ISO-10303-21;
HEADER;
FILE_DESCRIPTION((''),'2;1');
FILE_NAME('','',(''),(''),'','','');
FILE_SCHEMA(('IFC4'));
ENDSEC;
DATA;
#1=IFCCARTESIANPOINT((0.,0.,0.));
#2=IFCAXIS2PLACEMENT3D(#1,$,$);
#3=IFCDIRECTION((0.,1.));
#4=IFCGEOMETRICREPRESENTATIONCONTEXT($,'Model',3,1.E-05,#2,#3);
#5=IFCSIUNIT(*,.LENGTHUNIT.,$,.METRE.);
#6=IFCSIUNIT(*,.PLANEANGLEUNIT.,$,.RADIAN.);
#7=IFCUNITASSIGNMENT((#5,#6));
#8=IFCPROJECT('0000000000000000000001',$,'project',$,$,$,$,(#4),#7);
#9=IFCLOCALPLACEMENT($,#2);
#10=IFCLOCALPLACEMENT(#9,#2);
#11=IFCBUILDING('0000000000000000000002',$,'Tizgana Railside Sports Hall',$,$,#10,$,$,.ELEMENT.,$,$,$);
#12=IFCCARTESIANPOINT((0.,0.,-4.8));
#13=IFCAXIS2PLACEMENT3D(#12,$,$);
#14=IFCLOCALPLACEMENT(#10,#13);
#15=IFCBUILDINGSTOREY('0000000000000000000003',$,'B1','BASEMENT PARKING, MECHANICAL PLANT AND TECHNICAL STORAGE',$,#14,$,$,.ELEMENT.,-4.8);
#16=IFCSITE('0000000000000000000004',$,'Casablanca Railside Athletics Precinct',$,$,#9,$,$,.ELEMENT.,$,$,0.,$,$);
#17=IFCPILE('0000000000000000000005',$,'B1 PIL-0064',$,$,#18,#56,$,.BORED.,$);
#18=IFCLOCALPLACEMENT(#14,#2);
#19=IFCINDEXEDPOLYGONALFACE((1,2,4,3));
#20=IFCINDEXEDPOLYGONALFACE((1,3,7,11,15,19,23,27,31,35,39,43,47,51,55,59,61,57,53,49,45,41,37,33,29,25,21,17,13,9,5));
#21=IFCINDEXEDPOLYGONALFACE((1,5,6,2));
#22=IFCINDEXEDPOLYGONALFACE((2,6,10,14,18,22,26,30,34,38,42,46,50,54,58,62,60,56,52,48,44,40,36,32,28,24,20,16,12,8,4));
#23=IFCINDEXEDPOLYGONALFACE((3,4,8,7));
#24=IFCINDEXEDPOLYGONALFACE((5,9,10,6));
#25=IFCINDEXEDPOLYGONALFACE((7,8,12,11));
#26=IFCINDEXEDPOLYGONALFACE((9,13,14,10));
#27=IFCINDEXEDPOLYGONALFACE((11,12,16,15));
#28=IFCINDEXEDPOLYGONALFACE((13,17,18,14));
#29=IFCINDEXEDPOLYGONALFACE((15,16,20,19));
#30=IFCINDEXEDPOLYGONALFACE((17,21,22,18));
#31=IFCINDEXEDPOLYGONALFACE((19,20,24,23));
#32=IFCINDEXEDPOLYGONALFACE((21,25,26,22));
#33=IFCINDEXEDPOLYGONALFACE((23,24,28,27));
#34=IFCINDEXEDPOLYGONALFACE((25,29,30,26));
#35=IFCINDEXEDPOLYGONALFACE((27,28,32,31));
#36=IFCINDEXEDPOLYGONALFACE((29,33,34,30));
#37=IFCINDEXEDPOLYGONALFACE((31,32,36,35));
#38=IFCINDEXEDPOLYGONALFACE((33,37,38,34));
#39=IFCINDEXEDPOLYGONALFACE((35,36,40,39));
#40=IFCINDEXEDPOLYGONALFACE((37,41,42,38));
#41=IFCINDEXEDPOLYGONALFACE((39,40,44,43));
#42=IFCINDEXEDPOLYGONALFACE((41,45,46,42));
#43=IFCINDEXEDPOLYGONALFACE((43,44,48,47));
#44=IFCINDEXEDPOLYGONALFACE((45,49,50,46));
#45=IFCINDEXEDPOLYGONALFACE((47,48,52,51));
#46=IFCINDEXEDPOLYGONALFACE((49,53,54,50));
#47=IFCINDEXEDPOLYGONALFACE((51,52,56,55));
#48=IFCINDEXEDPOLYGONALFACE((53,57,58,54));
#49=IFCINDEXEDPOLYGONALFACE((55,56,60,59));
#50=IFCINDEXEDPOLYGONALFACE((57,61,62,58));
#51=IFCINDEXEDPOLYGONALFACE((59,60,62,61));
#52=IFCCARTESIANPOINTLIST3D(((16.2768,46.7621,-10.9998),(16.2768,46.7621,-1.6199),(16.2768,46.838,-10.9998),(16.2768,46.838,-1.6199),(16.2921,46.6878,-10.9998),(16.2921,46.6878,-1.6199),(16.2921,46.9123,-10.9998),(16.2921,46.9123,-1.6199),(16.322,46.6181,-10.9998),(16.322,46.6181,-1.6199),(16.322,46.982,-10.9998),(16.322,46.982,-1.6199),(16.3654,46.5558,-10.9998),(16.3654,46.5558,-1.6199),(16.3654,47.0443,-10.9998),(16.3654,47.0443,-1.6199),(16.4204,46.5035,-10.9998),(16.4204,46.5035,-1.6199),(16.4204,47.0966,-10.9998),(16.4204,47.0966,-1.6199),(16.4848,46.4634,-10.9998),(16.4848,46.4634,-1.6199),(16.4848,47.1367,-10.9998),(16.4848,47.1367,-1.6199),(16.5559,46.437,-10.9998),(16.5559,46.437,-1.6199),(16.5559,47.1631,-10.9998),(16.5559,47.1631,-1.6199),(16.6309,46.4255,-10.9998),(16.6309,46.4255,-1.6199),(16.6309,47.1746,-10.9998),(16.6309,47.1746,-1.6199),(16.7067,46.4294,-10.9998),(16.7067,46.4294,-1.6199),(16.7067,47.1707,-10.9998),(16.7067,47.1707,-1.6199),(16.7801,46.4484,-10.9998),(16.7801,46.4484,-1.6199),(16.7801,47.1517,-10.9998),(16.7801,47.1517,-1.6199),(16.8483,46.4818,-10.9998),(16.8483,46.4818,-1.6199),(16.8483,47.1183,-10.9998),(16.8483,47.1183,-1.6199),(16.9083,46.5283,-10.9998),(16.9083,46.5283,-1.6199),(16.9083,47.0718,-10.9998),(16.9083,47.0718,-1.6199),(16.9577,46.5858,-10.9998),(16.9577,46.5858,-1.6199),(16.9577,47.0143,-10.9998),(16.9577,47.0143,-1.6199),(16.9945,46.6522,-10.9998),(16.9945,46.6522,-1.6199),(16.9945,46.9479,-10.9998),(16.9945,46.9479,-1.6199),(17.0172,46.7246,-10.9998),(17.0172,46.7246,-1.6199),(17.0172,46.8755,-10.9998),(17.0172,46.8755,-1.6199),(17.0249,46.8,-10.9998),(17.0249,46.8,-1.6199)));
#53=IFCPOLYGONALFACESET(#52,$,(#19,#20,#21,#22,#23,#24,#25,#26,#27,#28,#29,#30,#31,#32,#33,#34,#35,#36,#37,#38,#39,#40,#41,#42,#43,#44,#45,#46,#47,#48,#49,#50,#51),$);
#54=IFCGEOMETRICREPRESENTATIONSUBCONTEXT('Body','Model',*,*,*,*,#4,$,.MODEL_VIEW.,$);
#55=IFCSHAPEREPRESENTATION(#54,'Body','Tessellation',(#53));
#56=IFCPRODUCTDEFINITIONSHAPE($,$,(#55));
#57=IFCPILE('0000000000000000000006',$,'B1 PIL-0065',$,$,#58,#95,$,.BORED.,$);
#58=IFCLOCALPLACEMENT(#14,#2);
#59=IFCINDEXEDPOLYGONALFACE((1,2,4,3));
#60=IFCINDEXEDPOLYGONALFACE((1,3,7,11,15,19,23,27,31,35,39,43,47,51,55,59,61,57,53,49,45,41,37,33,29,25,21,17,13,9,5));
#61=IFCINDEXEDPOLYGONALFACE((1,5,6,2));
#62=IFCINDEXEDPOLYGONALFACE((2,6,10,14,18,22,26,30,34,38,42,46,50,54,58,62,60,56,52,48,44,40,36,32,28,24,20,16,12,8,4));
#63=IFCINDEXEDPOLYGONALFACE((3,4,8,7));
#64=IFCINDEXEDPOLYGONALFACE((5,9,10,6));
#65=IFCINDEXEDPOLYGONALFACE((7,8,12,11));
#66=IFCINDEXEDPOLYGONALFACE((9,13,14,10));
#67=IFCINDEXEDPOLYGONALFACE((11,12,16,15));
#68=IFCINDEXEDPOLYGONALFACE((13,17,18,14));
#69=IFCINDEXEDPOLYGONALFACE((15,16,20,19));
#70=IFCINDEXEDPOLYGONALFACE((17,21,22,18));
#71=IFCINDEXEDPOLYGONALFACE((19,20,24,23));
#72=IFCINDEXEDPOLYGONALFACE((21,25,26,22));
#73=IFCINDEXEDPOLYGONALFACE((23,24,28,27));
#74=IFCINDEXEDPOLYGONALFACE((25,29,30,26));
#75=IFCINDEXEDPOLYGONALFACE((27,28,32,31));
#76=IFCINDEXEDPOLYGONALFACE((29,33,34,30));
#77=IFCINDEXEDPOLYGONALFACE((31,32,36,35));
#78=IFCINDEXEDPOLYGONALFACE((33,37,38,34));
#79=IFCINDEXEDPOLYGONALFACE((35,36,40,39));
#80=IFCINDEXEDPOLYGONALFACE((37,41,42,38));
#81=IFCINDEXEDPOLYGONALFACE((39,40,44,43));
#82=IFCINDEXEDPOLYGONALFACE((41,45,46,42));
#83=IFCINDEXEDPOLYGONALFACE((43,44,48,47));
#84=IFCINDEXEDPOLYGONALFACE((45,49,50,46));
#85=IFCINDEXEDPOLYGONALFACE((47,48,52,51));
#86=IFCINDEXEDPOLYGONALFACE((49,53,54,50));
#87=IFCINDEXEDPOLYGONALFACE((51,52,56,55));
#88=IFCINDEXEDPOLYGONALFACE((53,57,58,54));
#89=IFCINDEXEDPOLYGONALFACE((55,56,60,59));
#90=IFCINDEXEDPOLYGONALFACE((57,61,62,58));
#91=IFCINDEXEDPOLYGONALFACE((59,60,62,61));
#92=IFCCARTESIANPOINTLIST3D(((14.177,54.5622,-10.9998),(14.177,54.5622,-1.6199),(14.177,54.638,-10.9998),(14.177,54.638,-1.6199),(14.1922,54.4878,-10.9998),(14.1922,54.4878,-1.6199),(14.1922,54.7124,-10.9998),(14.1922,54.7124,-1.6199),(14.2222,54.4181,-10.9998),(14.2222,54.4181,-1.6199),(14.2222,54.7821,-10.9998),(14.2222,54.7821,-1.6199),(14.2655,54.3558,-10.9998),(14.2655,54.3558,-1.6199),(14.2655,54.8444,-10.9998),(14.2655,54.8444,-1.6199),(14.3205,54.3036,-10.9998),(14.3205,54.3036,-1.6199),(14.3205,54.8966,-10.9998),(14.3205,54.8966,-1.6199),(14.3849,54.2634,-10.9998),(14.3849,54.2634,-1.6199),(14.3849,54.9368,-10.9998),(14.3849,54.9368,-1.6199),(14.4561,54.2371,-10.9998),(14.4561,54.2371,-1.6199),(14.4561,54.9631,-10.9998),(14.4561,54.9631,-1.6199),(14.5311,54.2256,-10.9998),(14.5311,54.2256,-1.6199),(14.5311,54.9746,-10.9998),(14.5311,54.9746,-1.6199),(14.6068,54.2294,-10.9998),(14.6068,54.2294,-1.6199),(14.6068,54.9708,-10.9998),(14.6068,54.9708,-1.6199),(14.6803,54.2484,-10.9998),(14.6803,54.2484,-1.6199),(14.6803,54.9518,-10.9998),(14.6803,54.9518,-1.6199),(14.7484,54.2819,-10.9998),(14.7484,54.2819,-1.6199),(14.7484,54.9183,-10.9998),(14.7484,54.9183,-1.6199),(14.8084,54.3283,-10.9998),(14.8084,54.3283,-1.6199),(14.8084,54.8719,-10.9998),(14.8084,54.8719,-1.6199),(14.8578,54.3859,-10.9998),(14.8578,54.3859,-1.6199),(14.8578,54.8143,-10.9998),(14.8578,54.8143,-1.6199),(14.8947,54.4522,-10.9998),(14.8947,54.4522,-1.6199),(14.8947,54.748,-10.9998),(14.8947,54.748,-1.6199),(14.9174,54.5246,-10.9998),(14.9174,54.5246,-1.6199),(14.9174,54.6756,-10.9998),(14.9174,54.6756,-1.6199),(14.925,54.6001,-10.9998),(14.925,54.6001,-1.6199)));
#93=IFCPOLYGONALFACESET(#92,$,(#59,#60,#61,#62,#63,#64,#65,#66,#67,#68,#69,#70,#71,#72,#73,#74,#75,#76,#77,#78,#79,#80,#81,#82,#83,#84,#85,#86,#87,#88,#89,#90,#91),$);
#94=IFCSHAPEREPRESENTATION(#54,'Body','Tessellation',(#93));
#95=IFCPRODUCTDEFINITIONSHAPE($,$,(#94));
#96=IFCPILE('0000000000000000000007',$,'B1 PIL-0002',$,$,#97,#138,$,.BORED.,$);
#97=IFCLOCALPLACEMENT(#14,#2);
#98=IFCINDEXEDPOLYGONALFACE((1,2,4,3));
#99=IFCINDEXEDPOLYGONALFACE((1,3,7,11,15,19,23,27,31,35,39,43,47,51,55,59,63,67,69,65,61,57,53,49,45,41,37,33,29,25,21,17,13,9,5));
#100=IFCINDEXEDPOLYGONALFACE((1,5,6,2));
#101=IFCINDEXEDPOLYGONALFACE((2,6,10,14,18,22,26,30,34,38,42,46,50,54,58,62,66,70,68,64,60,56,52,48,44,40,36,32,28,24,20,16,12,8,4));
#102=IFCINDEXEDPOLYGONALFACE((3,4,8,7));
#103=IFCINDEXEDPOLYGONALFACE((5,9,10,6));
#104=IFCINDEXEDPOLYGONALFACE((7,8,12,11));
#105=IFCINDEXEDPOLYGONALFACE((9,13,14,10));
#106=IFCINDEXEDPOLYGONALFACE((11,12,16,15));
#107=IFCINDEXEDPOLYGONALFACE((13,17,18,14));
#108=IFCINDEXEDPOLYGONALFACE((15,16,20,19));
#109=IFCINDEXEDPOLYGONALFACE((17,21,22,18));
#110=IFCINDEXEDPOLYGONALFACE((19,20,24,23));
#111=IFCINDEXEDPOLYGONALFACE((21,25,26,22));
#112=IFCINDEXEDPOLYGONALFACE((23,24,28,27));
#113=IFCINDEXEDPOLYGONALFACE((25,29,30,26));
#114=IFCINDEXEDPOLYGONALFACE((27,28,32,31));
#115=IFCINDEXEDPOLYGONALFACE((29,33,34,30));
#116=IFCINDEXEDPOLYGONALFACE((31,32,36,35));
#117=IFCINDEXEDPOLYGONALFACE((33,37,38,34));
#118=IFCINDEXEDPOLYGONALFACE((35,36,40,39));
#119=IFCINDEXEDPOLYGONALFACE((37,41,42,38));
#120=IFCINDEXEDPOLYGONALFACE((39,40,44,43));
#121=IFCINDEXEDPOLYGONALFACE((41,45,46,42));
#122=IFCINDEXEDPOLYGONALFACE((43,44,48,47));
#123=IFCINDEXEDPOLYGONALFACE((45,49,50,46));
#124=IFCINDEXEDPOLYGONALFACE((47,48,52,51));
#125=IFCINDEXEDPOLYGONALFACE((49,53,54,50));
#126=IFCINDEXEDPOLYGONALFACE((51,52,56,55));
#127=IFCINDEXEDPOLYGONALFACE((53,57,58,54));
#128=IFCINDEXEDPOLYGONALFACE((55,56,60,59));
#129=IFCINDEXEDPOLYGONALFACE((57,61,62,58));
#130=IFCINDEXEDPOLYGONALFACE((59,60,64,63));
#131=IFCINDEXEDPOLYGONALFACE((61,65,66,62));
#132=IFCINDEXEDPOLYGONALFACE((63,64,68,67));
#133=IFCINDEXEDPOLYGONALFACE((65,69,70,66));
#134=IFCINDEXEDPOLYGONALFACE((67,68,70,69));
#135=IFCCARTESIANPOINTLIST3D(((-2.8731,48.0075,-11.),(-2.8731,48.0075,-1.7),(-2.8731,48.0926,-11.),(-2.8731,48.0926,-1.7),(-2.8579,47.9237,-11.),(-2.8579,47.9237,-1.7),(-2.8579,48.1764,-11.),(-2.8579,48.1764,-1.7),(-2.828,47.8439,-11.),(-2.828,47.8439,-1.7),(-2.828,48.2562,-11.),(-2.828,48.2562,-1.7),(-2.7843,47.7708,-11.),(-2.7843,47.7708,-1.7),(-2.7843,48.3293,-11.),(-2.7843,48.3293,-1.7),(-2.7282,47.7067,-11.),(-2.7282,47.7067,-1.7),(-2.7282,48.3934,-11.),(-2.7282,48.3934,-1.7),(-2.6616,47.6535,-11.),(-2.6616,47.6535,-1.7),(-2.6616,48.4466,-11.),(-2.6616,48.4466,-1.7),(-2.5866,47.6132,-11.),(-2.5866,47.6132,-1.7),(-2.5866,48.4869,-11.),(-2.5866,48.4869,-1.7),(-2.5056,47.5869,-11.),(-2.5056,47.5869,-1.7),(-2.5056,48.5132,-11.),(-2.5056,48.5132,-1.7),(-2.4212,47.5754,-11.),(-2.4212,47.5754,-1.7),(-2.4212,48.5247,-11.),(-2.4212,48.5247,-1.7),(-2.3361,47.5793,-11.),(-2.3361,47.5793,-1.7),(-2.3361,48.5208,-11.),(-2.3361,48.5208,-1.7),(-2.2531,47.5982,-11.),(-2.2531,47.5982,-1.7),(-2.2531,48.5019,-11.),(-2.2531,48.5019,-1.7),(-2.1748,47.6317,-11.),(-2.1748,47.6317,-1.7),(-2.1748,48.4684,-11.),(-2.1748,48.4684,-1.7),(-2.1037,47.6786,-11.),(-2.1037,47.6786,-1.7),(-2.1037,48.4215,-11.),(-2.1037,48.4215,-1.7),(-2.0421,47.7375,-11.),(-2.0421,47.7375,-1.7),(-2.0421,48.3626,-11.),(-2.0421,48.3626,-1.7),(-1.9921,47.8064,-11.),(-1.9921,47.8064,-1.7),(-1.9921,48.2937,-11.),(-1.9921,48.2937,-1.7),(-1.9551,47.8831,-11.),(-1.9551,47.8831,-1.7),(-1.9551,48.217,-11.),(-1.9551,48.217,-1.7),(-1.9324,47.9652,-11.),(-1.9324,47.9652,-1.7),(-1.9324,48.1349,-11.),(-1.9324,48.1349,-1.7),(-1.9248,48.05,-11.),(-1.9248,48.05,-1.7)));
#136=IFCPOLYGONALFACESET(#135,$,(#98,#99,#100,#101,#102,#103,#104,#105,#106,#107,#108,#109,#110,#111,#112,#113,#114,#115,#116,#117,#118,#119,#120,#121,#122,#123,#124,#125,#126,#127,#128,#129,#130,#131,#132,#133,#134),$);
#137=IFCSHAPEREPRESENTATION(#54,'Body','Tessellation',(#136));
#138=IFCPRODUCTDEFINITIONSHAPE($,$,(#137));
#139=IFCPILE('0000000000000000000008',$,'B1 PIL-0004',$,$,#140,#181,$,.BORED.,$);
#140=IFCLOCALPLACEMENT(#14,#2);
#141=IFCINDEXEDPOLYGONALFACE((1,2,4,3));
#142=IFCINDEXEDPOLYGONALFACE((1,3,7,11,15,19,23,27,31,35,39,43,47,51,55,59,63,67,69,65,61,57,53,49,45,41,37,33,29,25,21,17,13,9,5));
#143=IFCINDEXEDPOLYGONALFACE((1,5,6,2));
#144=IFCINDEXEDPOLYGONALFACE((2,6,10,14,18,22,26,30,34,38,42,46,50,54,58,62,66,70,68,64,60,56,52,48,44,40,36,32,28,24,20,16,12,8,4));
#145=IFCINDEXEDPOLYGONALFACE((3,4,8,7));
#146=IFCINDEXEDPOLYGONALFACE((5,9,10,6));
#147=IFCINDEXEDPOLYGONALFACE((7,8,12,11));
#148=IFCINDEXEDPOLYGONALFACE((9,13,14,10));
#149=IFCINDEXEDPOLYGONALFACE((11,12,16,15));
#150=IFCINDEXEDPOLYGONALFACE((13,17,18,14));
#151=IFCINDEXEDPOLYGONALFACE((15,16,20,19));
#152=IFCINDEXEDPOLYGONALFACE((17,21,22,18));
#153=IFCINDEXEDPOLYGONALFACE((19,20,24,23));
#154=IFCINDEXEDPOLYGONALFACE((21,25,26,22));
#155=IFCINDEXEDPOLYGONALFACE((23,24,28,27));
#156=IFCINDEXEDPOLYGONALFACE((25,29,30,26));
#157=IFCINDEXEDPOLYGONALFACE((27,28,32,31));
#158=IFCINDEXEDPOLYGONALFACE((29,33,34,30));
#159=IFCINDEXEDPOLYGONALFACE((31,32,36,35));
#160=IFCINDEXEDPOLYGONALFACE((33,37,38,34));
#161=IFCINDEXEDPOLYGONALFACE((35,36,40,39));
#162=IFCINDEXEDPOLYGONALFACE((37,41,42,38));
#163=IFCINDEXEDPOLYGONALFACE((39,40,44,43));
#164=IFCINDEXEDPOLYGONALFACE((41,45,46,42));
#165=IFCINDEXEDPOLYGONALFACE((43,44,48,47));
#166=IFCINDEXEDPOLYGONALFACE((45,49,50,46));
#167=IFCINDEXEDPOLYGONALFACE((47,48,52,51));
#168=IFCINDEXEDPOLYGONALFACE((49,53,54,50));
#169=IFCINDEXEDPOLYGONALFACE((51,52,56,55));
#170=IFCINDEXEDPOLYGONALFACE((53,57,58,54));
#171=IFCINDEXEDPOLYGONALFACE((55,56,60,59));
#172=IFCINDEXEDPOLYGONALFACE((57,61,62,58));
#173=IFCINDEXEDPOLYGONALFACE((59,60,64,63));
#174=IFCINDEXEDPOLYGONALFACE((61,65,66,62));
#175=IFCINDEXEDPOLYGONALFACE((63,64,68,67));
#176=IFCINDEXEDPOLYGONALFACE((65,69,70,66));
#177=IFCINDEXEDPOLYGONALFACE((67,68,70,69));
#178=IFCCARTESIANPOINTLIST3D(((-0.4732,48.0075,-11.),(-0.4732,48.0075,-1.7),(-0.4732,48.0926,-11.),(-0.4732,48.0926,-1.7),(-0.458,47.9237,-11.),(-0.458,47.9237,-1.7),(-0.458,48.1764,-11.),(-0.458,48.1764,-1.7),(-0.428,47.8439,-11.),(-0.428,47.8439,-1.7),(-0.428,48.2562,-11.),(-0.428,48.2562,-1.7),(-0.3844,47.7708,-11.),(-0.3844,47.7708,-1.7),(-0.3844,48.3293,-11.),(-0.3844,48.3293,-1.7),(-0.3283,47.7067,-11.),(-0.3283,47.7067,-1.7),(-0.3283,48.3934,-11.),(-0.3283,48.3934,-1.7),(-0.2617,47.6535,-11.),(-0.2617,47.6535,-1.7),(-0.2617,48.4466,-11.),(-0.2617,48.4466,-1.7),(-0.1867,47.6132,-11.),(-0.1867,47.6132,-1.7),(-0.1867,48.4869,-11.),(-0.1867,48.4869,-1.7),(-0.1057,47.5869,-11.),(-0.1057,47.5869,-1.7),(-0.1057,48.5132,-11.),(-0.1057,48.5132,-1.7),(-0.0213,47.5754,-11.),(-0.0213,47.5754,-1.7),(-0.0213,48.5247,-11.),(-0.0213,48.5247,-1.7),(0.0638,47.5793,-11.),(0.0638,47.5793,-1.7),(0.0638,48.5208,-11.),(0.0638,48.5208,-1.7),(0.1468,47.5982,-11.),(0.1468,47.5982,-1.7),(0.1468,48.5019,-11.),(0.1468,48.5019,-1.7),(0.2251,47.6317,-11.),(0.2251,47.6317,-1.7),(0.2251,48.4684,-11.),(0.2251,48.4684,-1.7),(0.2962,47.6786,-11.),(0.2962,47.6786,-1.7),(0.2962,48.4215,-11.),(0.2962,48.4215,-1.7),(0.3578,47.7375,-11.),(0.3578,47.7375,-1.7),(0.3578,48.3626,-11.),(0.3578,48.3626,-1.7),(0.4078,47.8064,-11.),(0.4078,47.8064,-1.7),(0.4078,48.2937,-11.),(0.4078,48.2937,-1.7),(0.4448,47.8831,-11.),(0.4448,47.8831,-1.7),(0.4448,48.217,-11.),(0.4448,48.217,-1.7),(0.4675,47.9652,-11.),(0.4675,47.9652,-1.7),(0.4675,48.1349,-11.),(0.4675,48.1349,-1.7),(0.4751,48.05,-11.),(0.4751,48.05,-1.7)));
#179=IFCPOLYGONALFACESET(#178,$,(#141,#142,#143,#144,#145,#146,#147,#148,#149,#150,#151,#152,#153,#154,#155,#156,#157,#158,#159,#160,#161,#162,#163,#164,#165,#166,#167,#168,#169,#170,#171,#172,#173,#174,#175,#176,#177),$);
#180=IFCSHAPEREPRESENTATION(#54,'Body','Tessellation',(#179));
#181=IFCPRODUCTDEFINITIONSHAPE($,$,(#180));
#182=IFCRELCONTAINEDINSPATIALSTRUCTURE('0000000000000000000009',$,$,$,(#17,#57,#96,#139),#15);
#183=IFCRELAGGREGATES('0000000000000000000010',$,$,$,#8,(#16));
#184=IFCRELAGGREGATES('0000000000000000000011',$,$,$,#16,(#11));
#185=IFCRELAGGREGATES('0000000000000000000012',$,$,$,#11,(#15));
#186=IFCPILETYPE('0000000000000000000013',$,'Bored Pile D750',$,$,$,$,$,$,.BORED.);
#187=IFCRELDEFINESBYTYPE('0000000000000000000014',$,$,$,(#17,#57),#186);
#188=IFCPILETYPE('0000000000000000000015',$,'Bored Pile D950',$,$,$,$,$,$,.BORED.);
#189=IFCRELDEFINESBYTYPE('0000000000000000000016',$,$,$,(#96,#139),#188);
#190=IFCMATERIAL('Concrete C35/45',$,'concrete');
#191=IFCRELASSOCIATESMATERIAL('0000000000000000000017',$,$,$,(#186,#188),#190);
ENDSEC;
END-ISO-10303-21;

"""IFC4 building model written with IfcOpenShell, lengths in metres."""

from ifc_helpers import new_model, si_unit, direction, frame, origin, origin_2d, place, context, subcontext, project, spatial, circle, extrude, material, material_profile, profile_set, type_object, element, save


model = new_model("IFC4")

# Units and contexts
model_context = context("Model", 3, precision=1e-05, world=origin(), true_north=direction((0.0, 1.0)))
body_context = subcontext(model_context, "Body", "Model", "MODEL_VIEW")
ifc_project = project(units=[si_unit("LENGTHUNIT", "METRE"), si_unit("PLANEANGLEUNIT", "RADIAN")], contexts=[model_context])

# Site, building, storey
site_placement = place(None, origin())
site = spatial("IfcSite", under=ifc_project, at=site_placement, Name="Casablanca Railside Athletics Precinct", CompositionType="ELEMENT", RefElevation=0.0)
building_placement = place(site_placement, origin())
building = spatial("IfcBuilding", under=site, at=building_placement, Name="Tizgana Railside Sports Hall", CompositionType="ELEMENT")
storey_placement = place(building_placement, frame((0.0, 0.0, -4.8)))
storey = spatial("IfcBuildingStorey", under=building, at=storey_placement, Name="B1", Description="BASEMENT PARKING, MECHANICAL PLANT AND TECHNICAL STORAGE", CompositionType="ELEMENT", Elevation=-4.8)

# Piles
ifc_material_1 = material(Name="Concrete C35/45", Category="concrete")
ifc_material_profile_1 = material_profile(ifc_material_1, circle(Radius=0.375, at=origin_2d()), Name="PILE D750")
ifc_profile_set_1 = profile_set([ifc_material_profile_1], Name="Concrete C35/45")
pile_type_1 = type_object("IfcPileType", Name="Bored Pile D750", PredefinedType="BORED", material=ifc_profile_set_1)
for number, where, z_axis, x_axis, name in (
    (1, (16.6499, 46.8, -1.6199), (0.0, 0.0, -1.0), (1.0, 0.0, 0.0), "B1 PIL-0064"),
    (2, (14.55, 54.6001, -1.6199), (0.0, 0.0, -1.0), (1.0, 0.0, 0.0), "B1 PIL-0065"),
):
    element("IfcPile", number, at=place(storey_placement, frame(where, z_axis=z_axis, x_axis=x_axis)), inside=storey, type_object=pile_type_1, Name=name, PredefinedType="BORED", context=body_context, shape_type="SweptSolid", body=[
        extrude(circle(Radius=0.375, at=origin_2d()), origin(), (0.0, 0.0, 1.0), 9.3799),
    ])
ifc_material_profile_2 = material_profile(ifc_material_1, circle(Radius=0.4751, at=origin_2d()), Name="PILE D950")
ifc_profile_set_2 = profile_set([ifc_material_profile_2], Name="Concrete C35/45")
pile_type_2 = type_object("IfcPileType", Name="Bored Pile D950", PredefinedType="BORED", material=ifc_profile_set_2)
for number, where, z_axis, x_axis, name in (
    (3, (-2.3999, 48.05, -1.7), (0.0, 0.0, -1.0), (1.0, 0.0, 0.0), "B1 PIL-0002"),
    (4, (0.0, 48.05, -1.7), (0.0, 0.0, -1.0), (1.0, 0.0, 0.0), "B1 PIL-0004"),
):
    element("IfcPile", number, at=place(storey_placement, frame(where, z_axis=z_axis, x_axis=x_axis)), inside=storey, type_object=pile_type_2, Name=name, PredefinedType="BORED", context=body_context, shape_type="SweptSolid", body=[
        extrude(circle(Radius=0.4751, at=origin_2d()), origin(), (0.0, 0.0, 1.0), 9.3),
    ])

save(model, "model.ifc")
